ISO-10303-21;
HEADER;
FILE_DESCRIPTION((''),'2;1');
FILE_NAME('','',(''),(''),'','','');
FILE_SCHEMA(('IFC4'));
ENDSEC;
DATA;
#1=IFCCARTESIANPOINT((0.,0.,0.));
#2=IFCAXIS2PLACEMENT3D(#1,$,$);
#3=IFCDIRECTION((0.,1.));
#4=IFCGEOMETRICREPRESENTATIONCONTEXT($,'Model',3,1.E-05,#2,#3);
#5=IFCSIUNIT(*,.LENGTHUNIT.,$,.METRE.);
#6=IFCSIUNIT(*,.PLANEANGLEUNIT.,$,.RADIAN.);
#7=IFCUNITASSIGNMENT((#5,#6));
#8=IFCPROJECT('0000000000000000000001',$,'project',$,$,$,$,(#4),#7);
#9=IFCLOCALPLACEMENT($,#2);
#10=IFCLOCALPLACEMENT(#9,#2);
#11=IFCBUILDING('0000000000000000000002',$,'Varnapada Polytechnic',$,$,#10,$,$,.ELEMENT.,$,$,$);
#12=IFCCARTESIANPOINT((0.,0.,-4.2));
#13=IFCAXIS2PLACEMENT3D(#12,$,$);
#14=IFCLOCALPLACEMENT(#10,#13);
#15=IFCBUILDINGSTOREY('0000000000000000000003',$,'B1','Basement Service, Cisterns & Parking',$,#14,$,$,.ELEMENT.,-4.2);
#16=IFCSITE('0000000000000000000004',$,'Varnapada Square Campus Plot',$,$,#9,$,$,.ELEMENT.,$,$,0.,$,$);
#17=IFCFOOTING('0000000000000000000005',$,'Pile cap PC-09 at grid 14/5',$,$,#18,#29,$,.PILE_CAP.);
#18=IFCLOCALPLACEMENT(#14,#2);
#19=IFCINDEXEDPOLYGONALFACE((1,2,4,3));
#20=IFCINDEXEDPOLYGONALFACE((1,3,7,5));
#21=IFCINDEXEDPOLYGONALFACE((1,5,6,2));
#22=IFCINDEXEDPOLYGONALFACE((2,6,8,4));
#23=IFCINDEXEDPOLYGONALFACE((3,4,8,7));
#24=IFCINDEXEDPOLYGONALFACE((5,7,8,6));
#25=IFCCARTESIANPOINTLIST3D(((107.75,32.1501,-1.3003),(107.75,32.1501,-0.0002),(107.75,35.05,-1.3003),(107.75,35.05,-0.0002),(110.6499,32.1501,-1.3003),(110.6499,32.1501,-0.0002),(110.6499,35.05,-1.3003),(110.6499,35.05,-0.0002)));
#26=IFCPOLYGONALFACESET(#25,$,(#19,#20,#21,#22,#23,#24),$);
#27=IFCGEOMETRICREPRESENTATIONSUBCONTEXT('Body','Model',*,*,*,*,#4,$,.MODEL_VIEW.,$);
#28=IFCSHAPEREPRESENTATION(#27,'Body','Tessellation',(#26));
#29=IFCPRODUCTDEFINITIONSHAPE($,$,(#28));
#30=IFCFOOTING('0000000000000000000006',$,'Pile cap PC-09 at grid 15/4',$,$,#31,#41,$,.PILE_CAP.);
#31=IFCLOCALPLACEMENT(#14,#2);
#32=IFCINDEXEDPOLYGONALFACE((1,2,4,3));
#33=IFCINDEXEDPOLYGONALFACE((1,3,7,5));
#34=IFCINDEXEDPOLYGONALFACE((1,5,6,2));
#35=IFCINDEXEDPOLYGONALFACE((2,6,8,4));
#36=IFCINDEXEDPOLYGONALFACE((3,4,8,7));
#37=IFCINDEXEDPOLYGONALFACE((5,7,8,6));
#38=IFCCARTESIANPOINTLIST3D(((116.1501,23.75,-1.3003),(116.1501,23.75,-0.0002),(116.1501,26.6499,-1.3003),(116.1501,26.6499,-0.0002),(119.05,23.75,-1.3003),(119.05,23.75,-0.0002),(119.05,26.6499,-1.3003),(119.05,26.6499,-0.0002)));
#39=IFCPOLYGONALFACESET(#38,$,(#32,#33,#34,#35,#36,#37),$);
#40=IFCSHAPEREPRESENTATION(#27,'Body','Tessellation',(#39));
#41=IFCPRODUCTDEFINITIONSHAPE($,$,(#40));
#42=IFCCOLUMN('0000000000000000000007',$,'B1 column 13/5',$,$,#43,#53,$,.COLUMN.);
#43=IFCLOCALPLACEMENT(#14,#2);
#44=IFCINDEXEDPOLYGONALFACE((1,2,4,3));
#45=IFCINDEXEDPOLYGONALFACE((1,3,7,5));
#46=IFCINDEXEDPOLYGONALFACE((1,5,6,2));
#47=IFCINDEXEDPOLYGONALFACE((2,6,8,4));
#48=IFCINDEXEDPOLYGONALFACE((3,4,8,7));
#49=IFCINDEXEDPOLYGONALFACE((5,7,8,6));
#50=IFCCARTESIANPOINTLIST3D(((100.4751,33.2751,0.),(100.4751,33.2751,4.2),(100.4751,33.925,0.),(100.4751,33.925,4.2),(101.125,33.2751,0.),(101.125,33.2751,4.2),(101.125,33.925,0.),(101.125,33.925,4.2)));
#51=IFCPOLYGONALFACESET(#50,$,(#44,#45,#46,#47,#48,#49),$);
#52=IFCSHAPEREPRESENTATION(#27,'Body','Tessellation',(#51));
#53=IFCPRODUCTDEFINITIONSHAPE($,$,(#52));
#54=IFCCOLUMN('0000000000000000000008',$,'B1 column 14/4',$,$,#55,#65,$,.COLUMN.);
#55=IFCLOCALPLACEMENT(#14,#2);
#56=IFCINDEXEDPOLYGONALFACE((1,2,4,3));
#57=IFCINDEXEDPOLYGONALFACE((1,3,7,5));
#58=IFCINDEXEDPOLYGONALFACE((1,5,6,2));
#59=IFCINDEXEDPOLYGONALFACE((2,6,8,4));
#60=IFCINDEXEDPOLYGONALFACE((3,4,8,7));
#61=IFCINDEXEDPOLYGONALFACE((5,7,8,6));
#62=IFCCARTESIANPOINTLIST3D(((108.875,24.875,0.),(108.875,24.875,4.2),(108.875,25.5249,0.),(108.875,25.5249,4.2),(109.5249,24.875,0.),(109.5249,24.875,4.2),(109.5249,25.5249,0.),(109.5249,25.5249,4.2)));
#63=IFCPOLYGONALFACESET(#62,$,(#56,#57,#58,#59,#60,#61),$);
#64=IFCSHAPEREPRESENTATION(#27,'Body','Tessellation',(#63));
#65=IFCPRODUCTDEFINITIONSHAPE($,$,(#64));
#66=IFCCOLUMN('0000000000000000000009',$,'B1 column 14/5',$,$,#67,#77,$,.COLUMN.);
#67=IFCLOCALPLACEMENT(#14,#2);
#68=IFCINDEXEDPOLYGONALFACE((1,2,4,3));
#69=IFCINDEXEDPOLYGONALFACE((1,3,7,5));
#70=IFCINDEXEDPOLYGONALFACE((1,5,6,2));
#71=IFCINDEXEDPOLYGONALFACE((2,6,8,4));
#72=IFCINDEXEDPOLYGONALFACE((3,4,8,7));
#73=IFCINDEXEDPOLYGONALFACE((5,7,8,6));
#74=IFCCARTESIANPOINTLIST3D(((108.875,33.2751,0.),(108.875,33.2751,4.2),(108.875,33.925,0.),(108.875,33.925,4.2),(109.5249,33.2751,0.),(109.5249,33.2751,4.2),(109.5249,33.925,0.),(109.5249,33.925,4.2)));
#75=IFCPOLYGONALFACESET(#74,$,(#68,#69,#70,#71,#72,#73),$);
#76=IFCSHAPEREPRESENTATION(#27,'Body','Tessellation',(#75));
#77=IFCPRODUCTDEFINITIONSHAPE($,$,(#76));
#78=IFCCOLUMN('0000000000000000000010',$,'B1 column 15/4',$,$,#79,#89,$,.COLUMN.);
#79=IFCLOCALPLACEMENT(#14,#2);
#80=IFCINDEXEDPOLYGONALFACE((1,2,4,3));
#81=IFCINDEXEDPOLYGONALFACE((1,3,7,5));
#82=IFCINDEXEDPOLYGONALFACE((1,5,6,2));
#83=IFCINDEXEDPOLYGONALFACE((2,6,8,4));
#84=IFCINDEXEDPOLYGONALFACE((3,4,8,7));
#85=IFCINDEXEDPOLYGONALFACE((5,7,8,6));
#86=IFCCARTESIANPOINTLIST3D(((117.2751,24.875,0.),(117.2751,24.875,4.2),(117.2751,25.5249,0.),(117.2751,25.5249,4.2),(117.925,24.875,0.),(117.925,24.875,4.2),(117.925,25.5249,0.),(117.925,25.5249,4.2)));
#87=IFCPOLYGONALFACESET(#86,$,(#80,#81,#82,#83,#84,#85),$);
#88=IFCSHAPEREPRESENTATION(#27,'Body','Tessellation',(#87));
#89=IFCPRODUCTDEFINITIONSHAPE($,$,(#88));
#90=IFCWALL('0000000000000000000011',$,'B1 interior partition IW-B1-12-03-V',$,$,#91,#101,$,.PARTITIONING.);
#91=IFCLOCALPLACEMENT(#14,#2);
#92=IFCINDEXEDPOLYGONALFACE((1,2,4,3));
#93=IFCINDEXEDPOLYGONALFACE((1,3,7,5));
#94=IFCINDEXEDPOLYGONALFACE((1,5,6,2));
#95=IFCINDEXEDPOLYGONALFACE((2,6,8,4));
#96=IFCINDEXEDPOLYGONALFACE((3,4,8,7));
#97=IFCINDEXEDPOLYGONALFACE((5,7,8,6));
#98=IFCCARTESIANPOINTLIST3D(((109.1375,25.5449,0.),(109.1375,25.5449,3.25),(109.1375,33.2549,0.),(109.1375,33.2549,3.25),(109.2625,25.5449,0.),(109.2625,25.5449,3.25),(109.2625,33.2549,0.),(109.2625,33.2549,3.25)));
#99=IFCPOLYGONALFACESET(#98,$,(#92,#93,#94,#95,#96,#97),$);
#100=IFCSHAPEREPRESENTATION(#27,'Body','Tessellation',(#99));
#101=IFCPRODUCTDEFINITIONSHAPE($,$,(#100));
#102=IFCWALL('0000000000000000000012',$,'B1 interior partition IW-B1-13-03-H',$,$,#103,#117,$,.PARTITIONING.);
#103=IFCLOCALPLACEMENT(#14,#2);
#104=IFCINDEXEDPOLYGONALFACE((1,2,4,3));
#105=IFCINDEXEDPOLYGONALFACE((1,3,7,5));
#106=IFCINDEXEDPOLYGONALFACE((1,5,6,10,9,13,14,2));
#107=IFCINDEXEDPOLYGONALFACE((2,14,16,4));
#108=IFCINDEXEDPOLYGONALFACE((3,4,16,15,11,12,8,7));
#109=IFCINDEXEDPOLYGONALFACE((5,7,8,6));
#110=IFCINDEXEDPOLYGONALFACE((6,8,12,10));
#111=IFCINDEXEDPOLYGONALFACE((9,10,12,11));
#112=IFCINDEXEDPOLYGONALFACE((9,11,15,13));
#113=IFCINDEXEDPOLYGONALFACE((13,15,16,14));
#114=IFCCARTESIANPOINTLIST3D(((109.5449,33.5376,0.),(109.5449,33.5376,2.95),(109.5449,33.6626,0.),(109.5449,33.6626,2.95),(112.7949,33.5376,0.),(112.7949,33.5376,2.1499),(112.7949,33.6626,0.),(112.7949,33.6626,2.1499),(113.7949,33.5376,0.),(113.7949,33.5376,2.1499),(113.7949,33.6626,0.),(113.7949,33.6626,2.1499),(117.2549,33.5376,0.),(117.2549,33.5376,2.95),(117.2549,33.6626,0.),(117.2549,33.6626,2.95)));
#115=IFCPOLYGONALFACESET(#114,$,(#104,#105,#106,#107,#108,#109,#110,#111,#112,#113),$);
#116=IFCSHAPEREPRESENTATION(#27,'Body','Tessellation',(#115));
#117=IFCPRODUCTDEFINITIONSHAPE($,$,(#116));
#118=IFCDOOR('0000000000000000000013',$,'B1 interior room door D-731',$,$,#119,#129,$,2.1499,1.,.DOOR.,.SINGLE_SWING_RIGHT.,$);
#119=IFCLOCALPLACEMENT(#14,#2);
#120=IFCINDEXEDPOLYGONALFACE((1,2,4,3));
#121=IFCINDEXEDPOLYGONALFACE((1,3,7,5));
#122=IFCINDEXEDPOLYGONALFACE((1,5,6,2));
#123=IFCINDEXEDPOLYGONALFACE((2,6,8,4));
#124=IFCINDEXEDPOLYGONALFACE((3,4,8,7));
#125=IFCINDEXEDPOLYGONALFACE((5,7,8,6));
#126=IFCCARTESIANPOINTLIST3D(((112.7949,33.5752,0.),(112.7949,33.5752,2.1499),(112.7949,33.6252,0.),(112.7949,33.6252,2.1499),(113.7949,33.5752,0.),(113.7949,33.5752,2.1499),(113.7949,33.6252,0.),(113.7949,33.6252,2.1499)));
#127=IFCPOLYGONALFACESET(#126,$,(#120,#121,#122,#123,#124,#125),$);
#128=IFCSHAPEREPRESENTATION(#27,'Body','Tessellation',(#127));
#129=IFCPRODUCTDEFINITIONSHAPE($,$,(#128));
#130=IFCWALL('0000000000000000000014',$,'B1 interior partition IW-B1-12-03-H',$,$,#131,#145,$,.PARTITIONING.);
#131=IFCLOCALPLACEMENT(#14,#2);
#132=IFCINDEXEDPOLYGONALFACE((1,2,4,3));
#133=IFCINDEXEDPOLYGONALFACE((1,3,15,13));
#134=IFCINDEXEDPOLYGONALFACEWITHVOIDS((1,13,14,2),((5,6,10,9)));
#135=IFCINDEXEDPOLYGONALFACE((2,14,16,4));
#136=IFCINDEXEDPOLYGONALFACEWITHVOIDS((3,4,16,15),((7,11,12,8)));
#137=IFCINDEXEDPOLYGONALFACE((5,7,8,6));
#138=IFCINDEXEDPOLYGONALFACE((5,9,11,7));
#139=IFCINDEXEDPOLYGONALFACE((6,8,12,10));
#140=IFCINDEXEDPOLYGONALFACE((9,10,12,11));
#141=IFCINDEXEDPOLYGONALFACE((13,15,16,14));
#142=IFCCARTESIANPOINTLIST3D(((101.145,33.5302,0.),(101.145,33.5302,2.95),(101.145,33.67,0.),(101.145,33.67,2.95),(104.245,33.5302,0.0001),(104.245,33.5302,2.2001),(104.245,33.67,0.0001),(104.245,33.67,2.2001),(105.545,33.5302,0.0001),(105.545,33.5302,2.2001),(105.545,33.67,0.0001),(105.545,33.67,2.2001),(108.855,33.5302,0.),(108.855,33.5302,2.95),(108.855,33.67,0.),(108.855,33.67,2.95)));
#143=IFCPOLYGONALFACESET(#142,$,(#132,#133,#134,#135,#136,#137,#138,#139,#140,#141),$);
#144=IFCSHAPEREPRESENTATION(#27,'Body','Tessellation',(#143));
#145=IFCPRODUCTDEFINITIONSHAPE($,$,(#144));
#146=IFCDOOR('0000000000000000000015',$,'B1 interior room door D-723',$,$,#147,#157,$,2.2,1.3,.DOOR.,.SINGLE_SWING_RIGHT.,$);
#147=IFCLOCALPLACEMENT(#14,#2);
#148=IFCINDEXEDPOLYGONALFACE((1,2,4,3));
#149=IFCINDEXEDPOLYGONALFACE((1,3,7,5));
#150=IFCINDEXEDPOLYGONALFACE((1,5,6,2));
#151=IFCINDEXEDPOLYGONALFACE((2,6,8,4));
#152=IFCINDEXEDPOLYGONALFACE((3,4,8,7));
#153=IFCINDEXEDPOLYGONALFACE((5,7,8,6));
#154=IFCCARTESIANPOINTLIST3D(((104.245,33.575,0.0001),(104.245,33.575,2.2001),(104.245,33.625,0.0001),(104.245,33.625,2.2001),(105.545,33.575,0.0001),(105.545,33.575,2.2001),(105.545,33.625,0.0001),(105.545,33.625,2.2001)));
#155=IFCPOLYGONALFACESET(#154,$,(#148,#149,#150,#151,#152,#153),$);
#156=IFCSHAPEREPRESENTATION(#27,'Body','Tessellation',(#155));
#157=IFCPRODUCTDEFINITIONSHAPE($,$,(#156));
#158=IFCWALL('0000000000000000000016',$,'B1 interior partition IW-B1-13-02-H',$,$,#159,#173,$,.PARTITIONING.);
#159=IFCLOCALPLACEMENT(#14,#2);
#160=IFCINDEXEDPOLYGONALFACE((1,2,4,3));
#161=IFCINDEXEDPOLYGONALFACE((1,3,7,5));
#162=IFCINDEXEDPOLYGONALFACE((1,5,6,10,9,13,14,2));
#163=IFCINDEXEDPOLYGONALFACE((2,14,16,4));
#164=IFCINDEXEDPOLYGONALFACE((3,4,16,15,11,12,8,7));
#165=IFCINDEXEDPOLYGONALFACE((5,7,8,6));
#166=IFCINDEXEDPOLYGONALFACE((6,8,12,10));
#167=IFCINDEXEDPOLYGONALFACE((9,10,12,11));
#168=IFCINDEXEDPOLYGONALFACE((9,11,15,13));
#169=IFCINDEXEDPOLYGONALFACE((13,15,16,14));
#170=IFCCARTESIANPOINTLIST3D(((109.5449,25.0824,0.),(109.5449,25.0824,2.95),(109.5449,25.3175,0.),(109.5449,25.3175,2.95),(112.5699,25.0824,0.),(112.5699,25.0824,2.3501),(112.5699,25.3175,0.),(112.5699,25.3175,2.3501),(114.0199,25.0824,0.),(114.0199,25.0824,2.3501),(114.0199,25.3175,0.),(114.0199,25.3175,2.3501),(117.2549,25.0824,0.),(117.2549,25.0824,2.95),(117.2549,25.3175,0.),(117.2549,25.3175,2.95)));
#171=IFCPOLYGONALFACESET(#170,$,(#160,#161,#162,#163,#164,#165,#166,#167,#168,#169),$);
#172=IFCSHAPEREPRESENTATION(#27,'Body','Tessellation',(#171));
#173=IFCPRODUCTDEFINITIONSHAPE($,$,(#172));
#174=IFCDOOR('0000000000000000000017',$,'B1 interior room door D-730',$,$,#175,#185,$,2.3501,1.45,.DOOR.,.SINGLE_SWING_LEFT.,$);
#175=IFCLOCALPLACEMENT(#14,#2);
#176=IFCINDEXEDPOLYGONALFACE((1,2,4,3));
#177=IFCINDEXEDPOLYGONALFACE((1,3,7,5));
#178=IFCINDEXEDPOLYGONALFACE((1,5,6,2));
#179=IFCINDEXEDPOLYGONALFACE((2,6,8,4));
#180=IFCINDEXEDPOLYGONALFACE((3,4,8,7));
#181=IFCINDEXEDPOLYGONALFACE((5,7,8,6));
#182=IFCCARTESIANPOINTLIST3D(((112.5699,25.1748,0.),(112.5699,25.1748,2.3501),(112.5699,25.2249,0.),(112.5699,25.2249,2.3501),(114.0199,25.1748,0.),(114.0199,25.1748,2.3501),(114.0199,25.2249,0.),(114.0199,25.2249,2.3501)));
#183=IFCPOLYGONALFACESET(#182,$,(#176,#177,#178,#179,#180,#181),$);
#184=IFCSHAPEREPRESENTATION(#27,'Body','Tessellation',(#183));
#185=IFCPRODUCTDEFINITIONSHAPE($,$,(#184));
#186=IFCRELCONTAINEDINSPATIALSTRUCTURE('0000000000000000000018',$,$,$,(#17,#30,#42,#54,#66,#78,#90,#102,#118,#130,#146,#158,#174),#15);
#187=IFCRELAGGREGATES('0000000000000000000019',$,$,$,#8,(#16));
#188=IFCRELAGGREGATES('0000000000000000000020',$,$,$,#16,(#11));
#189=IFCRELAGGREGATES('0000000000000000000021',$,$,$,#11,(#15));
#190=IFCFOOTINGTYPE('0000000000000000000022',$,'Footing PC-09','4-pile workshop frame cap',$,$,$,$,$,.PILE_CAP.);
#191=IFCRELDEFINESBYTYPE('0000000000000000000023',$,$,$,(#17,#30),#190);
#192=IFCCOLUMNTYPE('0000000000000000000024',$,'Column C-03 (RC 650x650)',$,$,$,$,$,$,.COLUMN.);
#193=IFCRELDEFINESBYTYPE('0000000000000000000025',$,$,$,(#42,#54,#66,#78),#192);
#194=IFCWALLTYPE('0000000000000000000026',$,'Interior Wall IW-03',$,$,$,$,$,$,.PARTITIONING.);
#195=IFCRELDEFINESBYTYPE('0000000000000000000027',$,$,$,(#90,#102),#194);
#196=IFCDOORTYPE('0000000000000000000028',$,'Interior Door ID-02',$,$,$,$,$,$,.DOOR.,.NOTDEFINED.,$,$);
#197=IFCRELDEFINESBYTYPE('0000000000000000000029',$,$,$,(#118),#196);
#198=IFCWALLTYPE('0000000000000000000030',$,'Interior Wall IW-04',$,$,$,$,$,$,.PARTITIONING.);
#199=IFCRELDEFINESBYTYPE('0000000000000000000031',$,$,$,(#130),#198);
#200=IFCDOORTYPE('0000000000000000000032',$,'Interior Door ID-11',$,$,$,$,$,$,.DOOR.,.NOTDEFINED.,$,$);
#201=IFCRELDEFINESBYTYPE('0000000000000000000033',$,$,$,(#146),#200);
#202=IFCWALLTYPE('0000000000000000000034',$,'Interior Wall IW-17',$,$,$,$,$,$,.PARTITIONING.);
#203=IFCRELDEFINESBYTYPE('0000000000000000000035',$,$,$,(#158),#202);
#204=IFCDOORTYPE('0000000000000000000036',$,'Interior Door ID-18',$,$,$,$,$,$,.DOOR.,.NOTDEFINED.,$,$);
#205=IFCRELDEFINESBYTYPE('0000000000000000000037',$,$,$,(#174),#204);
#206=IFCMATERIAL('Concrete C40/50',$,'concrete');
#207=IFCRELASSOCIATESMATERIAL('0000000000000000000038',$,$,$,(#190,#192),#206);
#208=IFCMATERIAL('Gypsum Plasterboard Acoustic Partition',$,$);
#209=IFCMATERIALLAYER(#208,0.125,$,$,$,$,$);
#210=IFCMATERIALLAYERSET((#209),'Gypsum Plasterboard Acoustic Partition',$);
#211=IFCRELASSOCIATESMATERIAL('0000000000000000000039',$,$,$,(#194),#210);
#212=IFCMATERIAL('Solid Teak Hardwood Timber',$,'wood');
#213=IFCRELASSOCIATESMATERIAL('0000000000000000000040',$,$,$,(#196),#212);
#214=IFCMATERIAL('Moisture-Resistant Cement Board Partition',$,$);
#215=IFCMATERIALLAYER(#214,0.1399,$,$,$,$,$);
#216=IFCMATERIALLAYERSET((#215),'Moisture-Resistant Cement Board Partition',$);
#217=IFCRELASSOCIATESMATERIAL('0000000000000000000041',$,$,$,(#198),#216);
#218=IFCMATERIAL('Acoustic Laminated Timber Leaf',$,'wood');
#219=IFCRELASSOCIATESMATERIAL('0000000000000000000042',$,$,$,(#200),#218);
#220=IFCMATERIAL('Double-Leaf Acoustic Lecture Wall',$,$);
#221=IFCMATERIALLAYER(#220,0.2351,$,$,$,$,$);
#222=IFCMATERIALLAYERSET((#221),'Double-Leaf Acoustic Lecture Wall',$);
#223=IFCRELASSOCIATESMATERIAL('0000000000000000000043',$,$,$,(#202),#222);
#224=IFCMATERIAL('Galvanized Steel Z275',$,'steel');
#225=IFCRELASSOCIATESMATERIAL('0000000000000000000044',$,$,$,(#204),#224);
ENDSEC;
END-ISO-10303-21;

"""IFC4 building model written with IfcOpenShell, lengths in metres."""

from ifc_helpers import new_model, si_unit, direction, frame, frame_2d, origin, origin_2d, place, context, subcontext, project, spatial, rectangle, extrude, material, layer, layer_set, material_profile, profile_set, type_object, element, fill, save


model = new_model("IFC4")

# Units and contexts
model_context = context("Model", 3, precision=1e-05, world=origin(), true_north=direction((0.0, 1.0)))
body_context = subcontext(model_context, "Body", "Model", "MODEL_VIEW")
ifc_project = project(units=[si_unit("LENGTHUNIT", "METRE"), si_unit("PLANEANGLEUNIT", "RADIAN")], contexts=[model_context])

# Site, building, storey
site_placement = place(None, origin())
site = spatial("IfcSite", under=ifc_project, at=site_placement, Name="Varnapada Square Campus Plot", CompositionType="ELEMENT", RefElevation=0.0)
building_placement = place(site_placement, origin())
building = spatial("IfcBuilding", under=site, at=building_placement, Name="Varnapada Polytechnic", CompositionType="ELEMENT")
storey_placement = place(building_placement, frame((0.0, 0.0, -4.2)))
storey = spatial("IfcBuildingStorey", under=building, at=storey_placement, Name="B1", Description="Basement Service, Cisterns & Parking", CompositionType="ELEMENT", Elevation=-4.2)

# Shared definitions
ifc_material_1 = material(Name="Concrete C40/50", Category="concrete")

# Footings
footing_type_1 = type_object("IfcFootingType", Name="Footing PC-09", Description="4-pile workshop frame cap", PredefinedType="PILE_CAP", material=ifc_material_1)
for number, where, z_axis, x_axis, name in (
    (1, (109.2, 33.6001, -1.3003), (0.0, 0.0, 1.0), (1.0, 0.0, 0.0), "Pile cap PC-09 at grid 14/5"),
    (2, (117.6001, 25.2, -1.3003), (0.0, 0.0, 1.0), (1.0, 0.0, 0.0), "Pile cap PC-09 at grid 15/4"),
):
    element("IfcFooting", number, at=place(storey_placement, frame(where, z_axis=z_axis, x_axis=x_axis)), inside=storey, type_object=footing_type_1, Name=name, PredefinedType="PILE_CAP", context=body_context, shape_type="SweptSolid", body=[
        extrude(rectangle(XDim=2.8999, YDim=2.8999, at=origin_2d()), origin(), (0.0, 0.0, 1.0), 1.3),
    ])

# Columns
ifc_material_profile_1 = material_profile(ifc_material_1, rectangle(XDim=0.6499, YDim=0.6499, at=origin_2d()), Name="RC 650x650")
ifc_profile_set_1 = profile_set([ifc_material_profile_1], Name="Concrete C40/50")
column_type = type_object("IfcColumnType", Name="Column C-03 (RC 650x650)", PredefinedType="COLUMN", material=ifc_profile_set_1)
for number, where, z_axis, x_axis, name in (
    (3, (100.8, 33.6001, 0.0), (0.0, 0.0, 1.0), (1.0, 0.0, 0.0), "B1 column 13/5"),
    (4, (109.2, 25.2, 0.0), (0.0, 0.0, 1.0), (1.0, 0.0, 0.0), "B1 column 14/4"),
    (5, (109.2, 33.6001, 0.0), (0.0, 0.0, 1.0), (1.0, 0.0, 0.0), "B1 column 14/5"),
    (6, (117.6001, 25.2, 0.0), (0.0, 0.0, 1.0), (1.0, 0.0, 0.0), "B1 column 15/4"),
):
    element("IfcColumn", number, at=place(storey_placement, frame(where, z_axis=z_axis, x_axis=x_axis)), inside=storey, type_object=column_type, Name=name, PredefinedType="COLUMN", context=body_context, shape_type="SweptSolid", body=[
        extrude(rectangle(XDim=0.6499, YDim=0.6499, at=origin_2d()), origin(), (0.0, 0.0, 1.0), 4.2),
    ])

# Wall
ifc_material_2 = material(Name="Gypsum Plasterboard Acoustic Partition")
ifc_layer_1 = layer(ifc_material_2, 0.125)
ifc_layer_set_1 = layer_set([ifc_layer_1], Name="Gypsum Plasterboard Acoustic Partition")
wall_type_1 = type_object("IfcWallType", Name="Interior Wall IW-03", PredefinedType="PARTITIONING", material=ifc_layer_set_1)
wall_1_placement = place(storey_placement, frame((109.2, 25.5449, 0.0), z_axis=(0.0, 0.0, 1.0), x_axis=(0.0, 1.0, 0.0)))
element("IfcWall", 7, at=wall_1_placement, inside=storey, type_object=wall_type_1, Name="B1 interior partition IW-B1-12-03-V", PredefinedType="PARTITIONING", context=body_context, shape_type="SweptSolid", body=[
    extrude(rectangle(XDim=7.71, YDim=0.125, at=frame_2d((3.855, 0.0))), origin(), (0.0, 0.0, 1.0), 3.25),
])

# Walls, openings, doors
wall_2_placement = place(storey_placement, frame((109.5449, 33.6001, 0.0), z_axis=(0.0, 0.0, 1.0), x_axis=(1.0, 0.0, 0.0)))
wall_2 = element("IfcWall", 8, at=wall_2_placement, inside=storey, type_object=wall_type_1, Name="B1 interior partition IW-B1-13-03-H", PredefinedType="PARTITIONING", context=body_context, shape_type="SweptSolid", body=[
    extrude(rectangle(XDim=7.71, YDim=0.125, at=frame_2d((3.855, 0.0))), origin(), (0.0, 0.0, 1.0), 2.95),
])
opening_1_placement = place(wall_2_placement, frame((3.25, 0.0, 0.0)))
opening_1 = element("IfcOpeningElement", 9, at=opening_1_placement, cuts=wall_2, PredefinedType="OPENING", context=body_context, shape_type="SweptSolid", body=[
    extrude(rectangle(XDim=1.0, YDim=2.1499, at=frame_2d((0.5, 1.075))), frame((0.0, 0.0725, 0.0), z_axis=(0.0, -1.0, 0.0), x_axis=(1.0, 0.0, 0.0)), (0.0, 0.0, 1.0), 0.145),
])
ifc_material_3 = material(Name="Solid Teak Hardwood Timber", Category="wood")
door_type_1 = type_object("IfcDoorType", Name="Interior Door ID-02", OperationType="NOTDEFINED", PredefinedType="DOOR", material=ifc_material_3)
door_1_placement = place(opening_1_placement, frame((1.0, 0.0, 0.0), z_axis=(0.0, 0.0, 1.0), x_axis=(-1.0, 0.0, 0.0)))
door_1 = element("IfcDoor", 10, at=door_1_placement, inside=storey, type_object=door_type_1, Name="B1 interior room door D-731", OperationType="SINGLE_SWING_RIGHT", OverallHeight=2.1499, OverallWidth=1.0, PredefinedType="DOOR", context=body_context, shape_type="SweptSolid", body=[
    extrude(rectangle(XDim=1.0, YDim=2.1499, at=frame_2d((0.5, 1.075))), frame((0.0, 0.0249, 0.0), z_axis=(0.0, -1.0, 0.0), x_axis=(1.0, 0.0, 0.0)), (0.0, 0.0, 1.0), 0.05),
])
fill(opening_1, door_1)
ifc_material_4 = material(Name="Moisture-Resistant Cement Board Partition")
ifc_layer_2 = layer(ifc_material_4, 0.1399)
ifc_layer_set_2 = layer_set([ifc_layer_2], Name="Moisture-Resistant Cement Board Partition")
wall_type_2 = type_object("IfcWallType", Name="Interior Wall IW-04", PredefinedType="PARTITIONING", material=ifc_layer_set_2)
wall_3_placement = place(storey_placement, frame((101.145, 33.6001, 0.0), z_axis=(0.0, 0.0, 1.0), x_axis=(1.0, 0.0, 0.0)))
wall_3 = element("IfcWall", 11, at=wall_3_placement, inside=storey, type_object=wall_type_2, Name="B1 interior partition IW-B1-12-03-H", PredefinedType="PARTITIONING", context=body_context, shape_type="SweptSolid", body=[
    extrude(rectangle(XDim=7.71, YDim=0.1399, at=frame_2d((3.855, 0.0))), origin(), (0.0, 0.0, 1.0), 2.95),
])
opening_2_placement = place(wall_3_placement, frame((3.1001, 0.0, 0.0)))
opening_2 = element("IfcOpeningElement", 12, at=opening_2_placement, cuts=wall_3, PredefinedType="OPENING", context=body_context, shape_type="SweptSolid", body=[
    extrude(rectangle(XDim=1.3, YDim=2.2, at=frame_2d((0.6499, 1.1001))), frame((0.0, 0.0798, 0.0), z_axis=(0.0, -1.0, 0.0), x_axis=(1.0, 0.0, 0.0)), (0.0, 0.0, 1.0), 0.1599),
])
ifc_material_5 = material(Name="Acoustic Laminated Timber Leaf", Category="wood")
door_type_2 = type_object("IfcDoorType", Name="Interior Door ID-11", OperationType="NOTDEFINED", PredefinedType="DOOR", material=ifc_material_5)
door_2_placement = place(opening_2_placement, origin())
door_2 = element("IfcDoor", 13, at=door_2_placement, inside=storey, type_object=door_type_2, Name="B1 interior room door D-723", OperationType="SINGLE_SWING_RIGHT", OverallHeight=2.2, OverallWidth=1.3, PredefinedType="DOOR", context=body_context, shape_type="SweptSolid", body=[
    extrude(rectangle(XDim=1.3, YDim=2.2, at=frame_2d((0.6499, 1.1001))), frame((0.0, 0.0249, 0.0), z_axis=(0.0, -1.0, 0.0), x_axis=(1.0, 0.0, 0.0)), (0.0, 0.0, 1.0), 0.05),
])
fill(opening_2, door_2)
ifc_material_6 = material(Name="Double-Leaf Acoustic Lecture Wall")
ifc_layer_3 = layer(ifc_material_6, 0.2351)
ifc_layer_set_3 = layer_set([ifc_layer_3], Name="Double-Leaf Acoustic Lecture Wall")
wall_type_3 = type_object("IfcWallType", Name="Interior Wall IW-17", PredefinedType="PARTITIONING", material=ifc_layer_set_3)
wall_4_placement = place(storey_placement, frame((109.5449, 25.2, 0.0), z_axis=(0.0, 0.0, 1.0), x_axis=(1.0, 0.0, 0.0)))
wall_4 = element("IfcWall", 14, at=wall_4_placement, inside=storey, type_object=wall_type_3, Name="B1 interior partition IW-B1-13-02-H", PredefinedType="PARTITIONING", context=body_context, shape_type="SweptSolid", body=[
    extrude(rectangle(XDim=7.71, YDim=0.2351, at=frame_2d((3.855, 0.0))), origin(), (0.0, 0.0, 1.0), 2.95),
])
opening_3_placement = place(wall_4_placement, frame((3.0249, 0.0, 0.0)))
opening_3 = element("IfcOpeningElement", 15, at=opening_3_placement, cuts=wall_4, PredefinedType="OPENING", context=body_context, shape_type="SweptSolid", body=[
    extrude(rectangle(XDim=1.45, YDim=2.3501, at=frame_2d((0.7251, 1.175))), frame((0.0, 0.1274, 0.0), z_axis=(0.0, -1.0, 0.0), x_axis=(1.0, 0.0, 0.0)), (0.0, 0.0, 1.0), 0.2551),
])
ifc_material_7 = material(Name="Galvanized Steel Z275", Category="steel")
door_type_3 = type_object("IfcDoorType", Name="Interior Door ID-18", OperationType="NOTDEFINED", PredefinedType="DOOR", material=ifc_material_7)
door_3_placement = place(opening_3_placement, origin())
door_3 = element("IfcDoor", 16, at=door_3_placement, inside=storey, type_object=door_type_3, Name="B1 interior room door D-730", OperationType="SINGLE_SWING_LEFT", OverallHeight=2.3501, OverallWidth=1.45, PredefinedType="DOOR", context=body_context, shape_type="SweptSolid", body=[
    extrude(rectangle(XDim=1.45, YDim=2.3501, at=frame_2d((0.7251, 1.175))), frame((0.0, 0.0249, 0.0), z_axis=(0.0, -1.0, 0.0), x_axis=(1.0, 0.0, 0.0)), (0.0, 0.0, 1.0), 0.05),
])
fill(opening_3, door_3)

save(model, "model.ifc")
